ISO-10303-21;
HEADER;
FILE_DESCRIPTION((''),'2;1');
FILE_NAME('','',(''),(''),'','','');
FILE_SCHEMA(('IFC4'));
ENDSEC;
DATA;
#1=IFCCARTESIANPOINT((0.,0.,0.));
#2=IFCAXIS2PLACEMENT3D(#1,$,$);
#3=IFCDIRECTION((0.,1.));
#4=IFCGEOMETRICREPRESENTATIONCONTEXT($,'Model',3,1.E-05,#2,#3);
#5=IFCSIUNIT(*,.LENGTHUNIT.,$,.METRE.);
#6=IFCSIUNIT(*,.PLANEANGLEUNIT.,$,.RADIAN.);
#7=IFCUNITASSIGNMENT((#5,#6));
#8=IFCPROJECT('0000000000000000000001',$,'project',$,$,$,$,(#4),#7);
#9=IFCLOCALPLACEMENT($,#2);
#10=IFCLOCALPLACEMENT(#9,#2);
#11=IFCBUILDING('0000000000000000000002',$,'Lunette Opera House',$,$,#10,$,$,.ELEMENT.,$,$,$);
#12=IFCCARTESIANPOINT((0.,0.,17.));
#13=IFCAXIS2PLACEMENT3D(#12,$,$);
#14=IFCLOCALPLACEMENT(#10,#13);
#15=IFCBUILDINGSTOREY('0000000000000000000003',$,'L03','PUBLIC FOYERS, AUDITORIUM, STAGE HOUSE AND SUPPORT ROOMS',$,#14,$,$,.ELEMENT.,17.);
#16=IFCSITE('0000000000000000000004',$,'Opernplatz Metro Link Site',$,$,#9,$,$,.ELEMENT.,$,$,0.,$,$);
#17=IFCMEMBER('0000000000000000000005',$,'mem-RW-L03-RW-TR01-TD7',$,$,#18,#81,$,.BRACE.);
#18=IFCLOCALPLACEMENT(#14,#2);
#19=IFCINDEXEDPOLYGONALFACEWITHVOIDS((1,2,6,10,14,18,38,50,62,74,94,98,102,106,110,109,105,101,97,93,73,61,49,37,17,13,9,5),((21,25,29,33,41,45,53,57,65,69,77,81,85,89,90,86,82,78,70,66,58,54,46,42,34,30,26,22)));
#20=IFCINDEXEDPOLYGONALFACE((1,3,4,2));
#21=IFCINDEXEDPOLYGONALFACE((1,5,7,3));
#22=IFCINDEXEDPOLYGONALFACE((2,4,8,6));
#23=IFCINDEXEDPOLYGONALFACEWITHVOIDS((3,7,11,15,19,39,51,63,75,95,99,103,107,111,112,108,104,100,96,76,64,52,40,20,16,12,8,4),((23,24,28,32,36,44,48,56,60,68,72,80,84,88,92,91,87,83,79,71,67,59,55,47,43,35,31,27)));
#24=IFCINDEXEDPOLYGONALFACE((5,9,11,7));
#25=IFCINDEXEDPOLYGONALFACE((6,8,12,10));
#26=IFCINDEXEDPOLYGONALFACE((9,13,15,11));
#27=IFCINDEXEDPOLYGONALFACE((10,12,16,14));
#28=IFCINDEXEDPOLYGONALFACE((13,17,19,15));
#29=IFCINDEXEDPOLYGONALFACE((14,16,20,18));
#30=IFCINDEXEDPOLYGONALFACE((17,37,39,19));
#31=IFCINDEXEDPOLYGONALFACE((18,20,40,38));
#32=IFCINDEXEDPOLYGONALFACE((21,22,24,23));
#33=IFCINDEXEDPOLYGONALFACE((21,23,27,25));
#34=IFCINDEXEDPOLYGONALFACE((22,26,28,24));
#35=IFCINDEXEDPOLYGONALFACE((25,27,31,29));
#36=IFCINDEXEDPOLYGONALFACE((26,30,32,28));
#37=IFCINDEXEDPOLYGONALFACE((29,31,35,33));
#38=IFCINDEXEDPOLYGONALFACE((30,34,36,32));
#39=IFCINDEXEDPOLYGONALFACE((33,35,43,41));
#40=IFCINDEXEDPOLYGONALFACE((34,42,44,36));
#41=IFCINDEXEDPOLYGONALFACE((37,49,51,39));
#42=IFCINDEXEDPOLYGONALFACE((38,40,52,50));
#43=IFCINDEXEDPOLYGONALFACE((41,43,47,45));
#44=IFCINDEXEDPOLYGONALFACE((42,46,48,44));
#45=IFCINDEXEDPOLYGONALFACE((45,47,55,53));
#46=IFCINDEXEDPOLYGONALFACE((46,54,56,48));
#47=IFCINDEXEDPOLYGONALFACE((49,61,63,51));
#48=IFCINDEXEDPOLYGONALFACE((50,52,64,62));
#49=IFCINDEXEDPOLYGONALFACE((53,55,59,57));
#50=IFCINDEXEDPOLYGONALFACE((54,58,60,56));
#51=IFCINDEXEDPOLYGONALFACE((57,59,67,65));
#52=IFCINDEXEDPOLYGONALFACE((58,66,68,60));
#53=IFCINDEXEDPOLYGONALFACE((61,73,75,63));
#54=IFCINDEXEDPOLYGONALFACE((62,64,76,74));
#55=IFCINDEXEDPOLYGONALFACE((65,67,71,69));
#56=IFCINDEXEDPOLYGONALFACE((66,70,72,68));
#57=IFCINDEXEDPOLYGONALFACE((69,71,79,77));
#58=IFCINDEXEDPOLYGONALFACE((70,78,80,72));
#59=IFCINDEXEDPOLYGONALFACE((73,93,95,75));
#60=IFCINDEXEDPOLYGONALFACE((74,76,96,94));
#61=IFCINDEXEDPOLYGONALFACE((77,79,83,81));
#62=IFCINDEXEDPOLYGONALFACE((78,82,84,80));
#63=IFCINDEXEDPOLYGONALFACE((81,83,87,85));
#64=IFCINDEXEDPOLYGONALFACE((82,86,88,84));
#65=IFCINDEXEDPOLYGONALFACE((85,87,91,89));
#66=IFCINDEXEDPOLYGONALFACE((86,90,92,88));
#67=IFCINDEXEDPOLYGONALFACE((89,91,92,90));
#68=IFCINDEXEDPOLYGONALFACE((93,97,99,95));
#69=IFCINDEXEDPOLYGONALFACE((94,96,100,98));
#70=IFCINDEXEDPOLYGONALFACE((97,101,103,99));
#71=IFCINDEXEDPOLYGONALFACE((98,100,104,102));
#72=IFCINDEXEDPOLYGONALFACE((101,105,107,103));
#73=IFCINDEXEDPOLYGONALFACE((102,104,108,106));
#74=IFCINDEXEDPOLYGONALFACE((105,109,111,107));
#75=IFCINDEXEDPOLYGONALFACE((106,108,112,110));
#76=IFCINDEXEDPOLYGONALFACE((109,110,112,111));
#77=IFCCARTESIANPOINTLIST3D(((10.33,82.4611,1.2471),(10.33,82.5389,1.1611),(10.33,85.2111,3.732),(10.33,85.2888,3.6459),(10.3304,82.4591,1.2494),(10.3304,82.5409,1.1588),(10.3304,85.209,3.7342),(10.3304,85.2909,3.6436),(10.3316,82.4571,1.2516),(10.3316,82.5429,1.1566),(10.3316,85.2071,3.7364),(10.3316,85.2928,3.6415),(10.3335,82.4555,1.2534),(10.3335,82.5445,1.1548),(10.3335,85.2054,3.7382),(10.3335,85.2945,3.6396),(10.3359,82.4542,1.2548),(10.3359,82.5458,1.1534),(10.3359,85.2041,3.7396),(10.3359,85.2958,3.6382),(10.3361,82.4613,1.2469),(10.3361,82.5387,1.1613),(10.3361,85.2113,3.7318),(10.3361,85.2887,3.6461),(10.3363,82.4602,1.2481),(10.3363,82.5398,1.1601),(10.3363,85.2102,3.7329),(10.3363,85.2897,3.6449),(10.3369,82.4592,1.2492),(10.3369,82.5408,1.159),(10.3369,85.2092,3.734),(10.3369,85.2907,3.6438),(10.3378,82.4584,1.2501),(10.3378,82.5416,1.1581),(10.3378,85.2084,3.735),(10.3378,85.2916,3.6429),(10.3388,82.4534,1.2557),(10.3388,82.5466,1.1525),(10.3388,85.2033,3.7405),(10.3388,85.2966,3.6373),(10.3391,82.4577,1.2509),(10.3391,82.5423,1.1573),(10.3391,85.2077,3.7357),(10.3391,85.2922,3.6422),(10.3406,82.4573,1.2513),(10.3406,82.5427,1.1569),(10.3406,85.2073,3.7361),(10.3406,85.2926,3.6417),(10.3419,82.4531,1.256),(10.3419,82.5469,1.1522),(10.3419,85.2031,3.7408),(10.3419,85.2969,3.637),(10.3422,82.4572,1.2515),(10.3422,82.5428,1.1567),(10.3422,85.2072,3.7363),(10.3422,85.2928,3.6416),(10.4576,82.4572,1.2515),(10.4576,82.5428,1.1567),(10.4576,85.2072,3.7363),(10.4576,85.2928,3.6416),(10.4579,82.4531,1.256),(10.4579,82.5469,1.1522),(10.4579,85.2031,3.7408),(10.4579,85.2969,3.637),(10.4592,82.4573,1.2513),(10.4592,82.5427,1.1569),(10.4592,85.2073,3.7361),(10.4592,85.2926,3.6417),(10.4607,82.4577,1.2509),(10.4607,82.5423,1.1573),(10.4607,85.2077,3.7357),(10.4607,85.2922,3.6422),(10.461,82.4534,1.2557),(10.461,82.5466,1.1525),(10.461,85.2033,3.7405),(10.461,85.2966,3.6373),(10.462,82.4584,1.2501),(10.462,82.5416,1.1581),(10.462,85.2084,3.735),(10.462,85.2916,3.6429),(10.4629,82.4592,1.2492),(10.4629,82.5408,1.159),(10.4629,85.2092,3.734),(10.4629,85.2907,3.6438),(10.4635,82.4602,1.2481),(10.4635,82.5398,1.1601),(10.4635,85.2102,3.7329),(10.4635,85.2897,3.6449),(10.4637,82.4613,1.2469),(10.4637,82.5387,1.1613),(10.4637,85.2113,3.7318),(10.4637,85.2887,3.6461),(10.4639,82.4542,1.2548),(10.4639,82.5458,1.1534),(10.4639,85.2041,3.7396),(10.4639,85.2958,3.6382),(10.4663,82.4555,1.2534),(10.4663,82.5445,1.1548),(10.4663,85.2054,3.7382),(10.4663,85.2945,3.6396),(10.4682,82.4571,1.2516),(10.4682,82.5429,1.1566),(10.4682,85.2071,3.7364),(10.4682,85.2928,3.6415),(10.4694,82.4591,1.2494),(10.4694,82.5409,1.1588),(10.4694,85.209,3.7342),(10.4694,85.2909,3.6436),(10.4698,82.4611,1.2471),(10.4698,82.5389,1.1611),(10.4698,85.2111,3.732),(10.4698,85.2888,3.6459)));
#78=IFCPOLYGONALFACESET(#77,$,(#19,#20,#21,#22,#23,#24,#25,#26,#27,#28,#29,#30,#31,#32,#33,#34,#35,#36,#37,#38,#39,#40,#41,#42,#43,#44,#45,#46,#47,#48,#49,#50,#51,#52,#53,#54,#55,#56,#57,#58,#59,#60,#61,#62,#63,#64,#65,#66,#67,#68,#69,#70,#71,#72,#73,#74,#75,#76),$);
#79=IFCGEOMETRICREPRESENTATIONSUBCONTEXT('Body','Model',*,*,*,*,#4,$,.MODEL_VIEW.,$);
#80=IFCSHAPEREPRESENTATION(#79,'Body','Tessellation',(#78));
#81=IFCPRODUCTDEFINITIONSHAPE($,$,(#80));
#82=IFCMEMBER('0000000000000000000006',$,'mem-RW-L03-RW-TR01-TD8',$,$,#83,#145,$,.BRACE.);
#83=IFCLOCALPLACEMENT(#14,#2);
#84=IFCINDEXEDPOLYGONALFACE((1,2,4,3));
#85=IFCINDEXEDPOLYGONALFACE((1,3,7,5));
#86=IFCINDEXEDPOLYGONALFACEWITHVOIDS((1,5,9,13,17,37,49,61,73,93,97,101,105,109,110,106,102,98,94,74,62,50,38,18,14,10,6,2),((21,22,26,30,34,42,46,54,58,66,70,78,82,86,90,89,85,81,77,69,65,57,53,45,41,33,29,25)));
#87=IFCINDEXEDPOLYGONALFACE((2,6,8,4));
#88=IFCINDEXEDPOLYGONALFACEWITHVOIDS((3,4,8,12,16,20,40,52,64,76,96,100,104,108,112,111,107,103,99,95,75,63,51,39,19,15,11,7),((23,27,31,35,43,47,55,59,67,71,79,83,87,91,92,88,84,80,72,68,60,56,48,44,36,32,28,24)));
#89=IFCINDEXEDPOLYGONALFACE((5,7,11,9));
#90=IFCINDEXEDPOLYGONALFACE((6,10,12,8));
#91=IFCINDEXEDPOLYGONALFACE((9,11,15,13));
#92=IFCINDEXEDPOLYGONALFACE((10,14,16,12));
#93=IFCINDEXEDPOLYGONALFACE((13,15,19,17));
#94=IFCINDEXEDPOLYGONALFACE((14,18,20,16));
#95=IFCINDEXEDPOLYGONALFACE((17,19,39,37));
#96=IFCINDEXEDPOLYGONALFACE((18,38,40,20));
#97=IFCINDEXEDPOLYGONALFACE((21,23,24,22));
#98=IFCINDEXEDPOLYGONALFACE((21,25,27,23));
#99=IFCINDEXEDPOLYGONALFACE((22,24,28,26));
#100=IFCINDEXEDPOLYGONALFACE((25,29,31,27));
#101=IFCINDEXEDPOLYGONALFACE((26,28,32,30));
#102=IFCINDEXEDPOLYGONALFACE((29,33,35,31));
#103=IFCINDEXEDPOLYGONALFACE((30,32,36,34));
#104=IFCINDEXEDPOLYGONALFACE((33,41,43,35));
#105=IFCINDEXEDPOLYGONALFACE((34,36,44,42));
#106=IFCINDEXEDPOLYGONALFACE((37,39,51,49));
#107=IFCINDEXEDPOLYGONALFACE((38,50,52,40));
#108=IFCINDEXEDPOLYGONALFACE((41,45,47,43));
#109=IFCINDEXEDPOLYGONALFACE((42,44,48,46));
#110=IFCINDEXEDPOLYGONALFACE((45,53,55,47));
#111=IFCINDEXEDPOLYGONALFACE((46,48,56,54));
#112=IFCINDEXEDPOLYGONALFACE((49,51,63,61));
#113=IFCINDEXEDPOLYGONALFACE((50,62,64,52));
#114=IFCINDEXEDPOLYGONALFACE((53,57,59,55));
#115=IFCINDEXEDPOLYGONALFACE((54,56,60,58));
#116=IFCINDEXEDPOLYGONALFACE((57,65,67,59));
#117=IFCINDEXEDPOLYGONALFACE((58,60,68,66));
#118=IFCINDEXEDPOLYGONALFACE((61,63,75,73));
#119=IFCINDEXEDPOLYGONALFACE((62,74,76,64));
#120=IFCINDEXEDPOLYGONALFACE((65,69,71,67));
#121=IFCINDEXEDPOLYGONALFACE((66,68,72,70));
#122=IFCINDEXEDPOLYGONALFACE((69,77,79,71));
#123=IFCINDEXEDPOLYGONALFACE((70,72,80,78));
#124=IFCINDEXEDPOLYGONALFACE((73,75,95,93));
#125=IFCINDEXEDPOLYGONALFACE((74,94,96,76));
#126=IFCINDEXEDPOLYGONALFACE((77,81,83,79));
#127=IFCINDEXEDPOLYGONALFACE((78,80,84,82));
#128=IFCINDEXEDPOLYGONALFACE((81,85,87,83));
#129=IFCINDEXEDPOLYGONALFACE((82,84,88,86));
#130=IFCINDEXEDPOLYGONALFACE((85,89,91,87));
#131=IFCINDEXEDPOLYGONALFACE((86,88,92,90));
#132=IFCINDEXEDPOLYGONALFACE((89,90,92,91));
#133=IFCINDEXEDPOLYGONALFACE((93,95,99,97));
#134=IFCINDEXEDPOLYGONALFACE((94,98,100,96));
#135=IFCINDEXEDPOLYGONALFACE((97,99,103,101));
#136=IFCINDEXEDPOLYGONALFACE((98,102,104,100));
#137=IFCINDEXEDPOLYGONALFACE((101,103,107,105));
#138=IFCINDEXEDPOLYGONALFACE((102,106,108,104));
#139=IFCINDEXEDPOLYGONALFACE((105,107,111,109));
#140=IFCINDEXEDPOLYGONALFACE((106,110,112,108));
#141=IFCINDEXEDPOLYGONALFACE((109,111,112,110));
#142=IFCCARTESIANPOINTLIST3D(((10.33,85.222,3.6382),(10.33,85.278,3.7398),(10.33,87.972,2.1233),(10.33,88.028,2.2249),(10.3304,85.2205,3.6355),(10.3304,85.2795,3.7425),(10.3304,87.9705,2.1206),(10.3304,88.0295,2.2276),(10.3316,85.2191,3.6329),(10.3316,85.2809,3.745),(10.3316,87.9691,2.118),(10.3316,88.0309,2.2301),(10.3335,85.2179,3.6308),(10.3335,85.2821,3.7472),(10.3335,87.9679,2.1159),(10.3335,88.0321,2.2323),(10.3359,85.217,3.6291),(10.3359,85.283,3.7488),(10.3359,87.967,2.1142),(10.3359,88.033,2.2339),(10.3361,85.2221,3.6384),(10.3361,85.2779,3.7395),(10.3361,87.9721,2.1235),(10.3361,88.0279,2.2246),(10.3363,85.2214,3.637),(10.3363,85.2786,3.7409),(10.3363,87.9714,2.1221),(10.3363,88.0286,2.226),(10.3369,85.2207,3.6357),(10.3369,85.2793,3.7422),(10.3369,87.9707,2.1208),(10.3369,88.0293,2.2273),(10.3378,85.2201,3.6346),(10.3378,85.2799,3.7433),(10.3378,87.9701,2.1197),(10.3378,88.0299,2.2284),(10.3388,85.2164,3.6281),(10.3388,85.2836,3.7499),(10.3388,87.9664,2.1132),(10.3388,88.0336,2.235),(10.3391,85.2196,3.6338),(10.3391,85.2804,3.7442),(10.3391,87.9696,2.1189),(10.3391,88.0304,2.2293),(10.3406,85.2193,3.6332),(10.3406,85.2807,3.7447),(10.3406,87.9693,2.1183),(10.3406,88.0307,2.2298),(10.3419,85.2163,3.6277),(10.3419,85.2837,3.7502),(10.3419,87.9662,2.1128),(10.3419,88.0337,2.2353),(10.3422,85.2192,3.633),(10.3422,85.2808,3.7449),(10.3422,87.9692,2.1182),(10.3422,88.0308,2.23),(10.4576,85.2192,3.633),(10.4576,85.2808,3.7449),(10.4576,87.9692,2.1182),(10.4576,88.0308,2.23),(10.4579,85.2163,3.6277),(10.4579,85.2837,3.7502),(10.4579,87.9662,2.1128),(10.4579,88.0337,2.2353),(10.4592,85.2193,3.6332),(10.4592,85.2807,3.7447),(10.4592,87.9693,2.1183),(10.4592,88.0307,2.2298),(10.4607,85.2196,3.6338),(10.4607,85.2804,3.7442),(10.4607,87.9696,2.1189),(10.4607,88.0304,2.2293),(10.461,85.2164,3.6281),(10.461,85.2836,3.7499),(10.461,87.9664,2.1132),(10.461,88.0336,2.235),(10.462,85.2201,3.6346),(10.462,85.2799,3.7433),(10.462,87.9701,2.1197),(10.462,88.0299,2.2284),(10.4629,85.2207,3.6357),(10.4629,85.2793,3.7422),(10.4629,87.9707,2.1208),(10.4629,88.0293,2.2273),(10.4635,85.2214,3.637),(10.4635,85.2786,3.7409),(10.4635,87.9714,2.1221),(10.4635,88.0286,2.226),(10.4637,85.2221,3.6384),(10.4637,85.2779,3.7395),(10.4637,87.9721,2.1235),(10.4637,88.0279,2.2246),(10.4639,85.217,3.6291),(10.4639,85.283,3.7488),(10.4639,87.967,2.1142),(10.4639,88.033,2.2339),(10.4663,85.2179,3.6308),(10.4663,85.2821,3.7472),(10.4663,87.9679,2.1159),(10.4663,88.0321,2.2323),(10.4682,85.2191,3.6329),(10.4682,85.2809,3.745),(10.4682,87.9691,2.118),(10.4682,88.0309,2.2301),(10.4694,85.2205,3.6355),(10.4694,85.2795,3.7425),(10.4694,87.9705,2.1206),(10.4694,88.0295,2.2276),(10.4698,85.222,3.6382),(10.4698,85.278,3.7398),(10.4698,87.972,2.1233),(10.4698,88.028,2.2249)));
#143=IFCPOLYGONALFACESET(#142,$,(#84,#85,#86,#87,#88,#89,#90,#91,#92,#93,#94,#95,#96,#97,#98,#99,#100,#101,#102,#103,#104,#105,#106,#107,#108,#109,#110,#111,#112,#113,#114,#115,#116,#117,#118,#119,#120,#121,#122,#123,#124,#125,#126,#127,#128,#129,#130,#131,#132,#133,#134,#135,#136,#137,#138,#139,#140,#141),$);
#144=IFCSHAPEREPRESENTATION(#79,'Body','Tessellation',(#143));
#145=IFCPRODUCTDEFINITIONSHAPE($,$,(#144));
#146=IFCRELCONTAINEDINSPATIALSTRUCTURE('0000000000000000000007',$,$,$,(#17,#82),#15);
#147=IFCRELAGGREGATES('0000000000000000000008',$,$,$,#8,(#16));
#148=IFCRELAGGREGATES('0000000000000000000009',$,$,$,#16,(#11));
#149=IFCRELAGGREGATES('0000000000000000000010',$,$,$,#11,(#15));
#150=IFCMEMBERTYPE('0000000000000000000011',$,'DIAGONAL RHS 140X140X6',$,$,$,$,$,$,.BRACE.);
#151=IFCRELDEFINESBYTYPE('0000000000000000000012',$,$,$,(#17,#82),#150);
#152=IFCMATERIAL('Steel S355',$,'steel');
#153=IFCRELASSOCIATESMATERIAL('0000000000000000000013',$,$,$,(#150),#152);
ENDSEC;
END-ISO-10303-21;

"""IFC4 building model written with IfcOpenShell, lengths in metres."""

from ifc_helpers import new_model, si_unit, direction, frame, origin, origin_2d, place, context, subcontext, project, spatial, hollow_rectangle, extrude, material, material_profile, profile_set, type_object, element, save


model = new_model("IFC4")

# Units and contexts
model_context = context("Model", 3, precision=1e-05, world=origin(), true_north=direction((0.0, 1.0)))
body_context = subcontext(model_context, "Body", "Model", "MODEL_VIEW")
ifc_project = project(units=[si_unit("LENGTHUNIT", "METRE"), si_unit("PLANEANGLEUNIT", "RADIAN")], contexts=[model_context])

# Site, building, storey
site_placement = place(None, origin())
site = spatial("IfcSite", under=ifc_project, at=site_placement, Name="Opernplatz Metro Link Site", CompositionType="ELEMENT", RefElevation=0.0)
building_placement = place(site_placement, origin())
building = spatial("IfcBuilding", under=site, at=building_placement, Name="Lunette Opera House", CompositionType="ELEMENT")
storey_placement = place(building_placement, frame((0.0, 0.0, 17.0)))
storey = spatial("IfcBuildingStorey", under=building, at=storey_placement, Name="L03", Description="PUBLIC FOYERS, AUDITORIUM, STAGE HOUSE AND SUPPORT ROOMS", CompositionType="ELEMENT", Elevation=17.0)

# Members
ifc_material_1 = material(Name="Steel S355", Category="steel")
ifc_material_profile_1 = material_profile(ifc_material_1, hollow_rectangle(XDim=0.1399, YDim=0.1399, WallThickness=0.0061, InnerFilletRadius=0.0061, OuterFilletRadius=0.012, at=origin_2d()), Name="RHS 140X140X6")
ifc_profile_set_1 = profile_set([ifc_material_profile_1], Name="Steel S355")
member_type_1 = type_object("IfcMemberType", Name="DIAGONAL RHS 140X140X6", PredefinedType="BRACE", material=ifc_profile_set_1)
member_1_placement = place(storey_placement, frame((10.3999, 82.5, 1.2041), z_axis=(0.0, 0.741969, 0.670434), x_axis=(-1.0, 0.0, 0.0)))
element("IfcMember", 1, at=member_1_placement, inside=storey, type_object=member_type_1, Name="mem-RW-L03-RW-TR01-TD7", PredefinedType="BRACE", context=body_context, shape_type="SweptSolid", body=[
    extrude(hollow_rectangle(XDim=0.1399, YDim=0.1399, WallThickness=0.0061, InnerFilletRadius=0.0061, OuterFilletRadius=0.012, at=origin_2d()), origin(), (0.0, 0.0, 1.0), 3.7063),
])
for number, where, z_axis, x_axis, name in (
    (2, (10.3999, 85.25, 3.689), (0.0, 0.875894, -0.482504), (-1.0, 0.0, 0.0), "mem-RW-L03-RW-TR01-TD8"),
):
    element("IfcMember", number, at=place(storey_placement, frame(where, z_axis=z_axis, x_axis=x_axis)), inside=storey, type_object=member_type_1, Name=name, PredefinedType="BRACE", context=body_context, shape_type="SweptSolid", body=[
        extrude(hollow_rectangle(XDim=0.1399, YDim=0.1399, WallThickness=0.0061, InnerFilletRadius=0.0061, OuterFilletRadius=0.012, at=origin_2d()), origin(), (0.0, 0.0, 1.0), 3.1396),
    ])

save(model, "model.ifc")
